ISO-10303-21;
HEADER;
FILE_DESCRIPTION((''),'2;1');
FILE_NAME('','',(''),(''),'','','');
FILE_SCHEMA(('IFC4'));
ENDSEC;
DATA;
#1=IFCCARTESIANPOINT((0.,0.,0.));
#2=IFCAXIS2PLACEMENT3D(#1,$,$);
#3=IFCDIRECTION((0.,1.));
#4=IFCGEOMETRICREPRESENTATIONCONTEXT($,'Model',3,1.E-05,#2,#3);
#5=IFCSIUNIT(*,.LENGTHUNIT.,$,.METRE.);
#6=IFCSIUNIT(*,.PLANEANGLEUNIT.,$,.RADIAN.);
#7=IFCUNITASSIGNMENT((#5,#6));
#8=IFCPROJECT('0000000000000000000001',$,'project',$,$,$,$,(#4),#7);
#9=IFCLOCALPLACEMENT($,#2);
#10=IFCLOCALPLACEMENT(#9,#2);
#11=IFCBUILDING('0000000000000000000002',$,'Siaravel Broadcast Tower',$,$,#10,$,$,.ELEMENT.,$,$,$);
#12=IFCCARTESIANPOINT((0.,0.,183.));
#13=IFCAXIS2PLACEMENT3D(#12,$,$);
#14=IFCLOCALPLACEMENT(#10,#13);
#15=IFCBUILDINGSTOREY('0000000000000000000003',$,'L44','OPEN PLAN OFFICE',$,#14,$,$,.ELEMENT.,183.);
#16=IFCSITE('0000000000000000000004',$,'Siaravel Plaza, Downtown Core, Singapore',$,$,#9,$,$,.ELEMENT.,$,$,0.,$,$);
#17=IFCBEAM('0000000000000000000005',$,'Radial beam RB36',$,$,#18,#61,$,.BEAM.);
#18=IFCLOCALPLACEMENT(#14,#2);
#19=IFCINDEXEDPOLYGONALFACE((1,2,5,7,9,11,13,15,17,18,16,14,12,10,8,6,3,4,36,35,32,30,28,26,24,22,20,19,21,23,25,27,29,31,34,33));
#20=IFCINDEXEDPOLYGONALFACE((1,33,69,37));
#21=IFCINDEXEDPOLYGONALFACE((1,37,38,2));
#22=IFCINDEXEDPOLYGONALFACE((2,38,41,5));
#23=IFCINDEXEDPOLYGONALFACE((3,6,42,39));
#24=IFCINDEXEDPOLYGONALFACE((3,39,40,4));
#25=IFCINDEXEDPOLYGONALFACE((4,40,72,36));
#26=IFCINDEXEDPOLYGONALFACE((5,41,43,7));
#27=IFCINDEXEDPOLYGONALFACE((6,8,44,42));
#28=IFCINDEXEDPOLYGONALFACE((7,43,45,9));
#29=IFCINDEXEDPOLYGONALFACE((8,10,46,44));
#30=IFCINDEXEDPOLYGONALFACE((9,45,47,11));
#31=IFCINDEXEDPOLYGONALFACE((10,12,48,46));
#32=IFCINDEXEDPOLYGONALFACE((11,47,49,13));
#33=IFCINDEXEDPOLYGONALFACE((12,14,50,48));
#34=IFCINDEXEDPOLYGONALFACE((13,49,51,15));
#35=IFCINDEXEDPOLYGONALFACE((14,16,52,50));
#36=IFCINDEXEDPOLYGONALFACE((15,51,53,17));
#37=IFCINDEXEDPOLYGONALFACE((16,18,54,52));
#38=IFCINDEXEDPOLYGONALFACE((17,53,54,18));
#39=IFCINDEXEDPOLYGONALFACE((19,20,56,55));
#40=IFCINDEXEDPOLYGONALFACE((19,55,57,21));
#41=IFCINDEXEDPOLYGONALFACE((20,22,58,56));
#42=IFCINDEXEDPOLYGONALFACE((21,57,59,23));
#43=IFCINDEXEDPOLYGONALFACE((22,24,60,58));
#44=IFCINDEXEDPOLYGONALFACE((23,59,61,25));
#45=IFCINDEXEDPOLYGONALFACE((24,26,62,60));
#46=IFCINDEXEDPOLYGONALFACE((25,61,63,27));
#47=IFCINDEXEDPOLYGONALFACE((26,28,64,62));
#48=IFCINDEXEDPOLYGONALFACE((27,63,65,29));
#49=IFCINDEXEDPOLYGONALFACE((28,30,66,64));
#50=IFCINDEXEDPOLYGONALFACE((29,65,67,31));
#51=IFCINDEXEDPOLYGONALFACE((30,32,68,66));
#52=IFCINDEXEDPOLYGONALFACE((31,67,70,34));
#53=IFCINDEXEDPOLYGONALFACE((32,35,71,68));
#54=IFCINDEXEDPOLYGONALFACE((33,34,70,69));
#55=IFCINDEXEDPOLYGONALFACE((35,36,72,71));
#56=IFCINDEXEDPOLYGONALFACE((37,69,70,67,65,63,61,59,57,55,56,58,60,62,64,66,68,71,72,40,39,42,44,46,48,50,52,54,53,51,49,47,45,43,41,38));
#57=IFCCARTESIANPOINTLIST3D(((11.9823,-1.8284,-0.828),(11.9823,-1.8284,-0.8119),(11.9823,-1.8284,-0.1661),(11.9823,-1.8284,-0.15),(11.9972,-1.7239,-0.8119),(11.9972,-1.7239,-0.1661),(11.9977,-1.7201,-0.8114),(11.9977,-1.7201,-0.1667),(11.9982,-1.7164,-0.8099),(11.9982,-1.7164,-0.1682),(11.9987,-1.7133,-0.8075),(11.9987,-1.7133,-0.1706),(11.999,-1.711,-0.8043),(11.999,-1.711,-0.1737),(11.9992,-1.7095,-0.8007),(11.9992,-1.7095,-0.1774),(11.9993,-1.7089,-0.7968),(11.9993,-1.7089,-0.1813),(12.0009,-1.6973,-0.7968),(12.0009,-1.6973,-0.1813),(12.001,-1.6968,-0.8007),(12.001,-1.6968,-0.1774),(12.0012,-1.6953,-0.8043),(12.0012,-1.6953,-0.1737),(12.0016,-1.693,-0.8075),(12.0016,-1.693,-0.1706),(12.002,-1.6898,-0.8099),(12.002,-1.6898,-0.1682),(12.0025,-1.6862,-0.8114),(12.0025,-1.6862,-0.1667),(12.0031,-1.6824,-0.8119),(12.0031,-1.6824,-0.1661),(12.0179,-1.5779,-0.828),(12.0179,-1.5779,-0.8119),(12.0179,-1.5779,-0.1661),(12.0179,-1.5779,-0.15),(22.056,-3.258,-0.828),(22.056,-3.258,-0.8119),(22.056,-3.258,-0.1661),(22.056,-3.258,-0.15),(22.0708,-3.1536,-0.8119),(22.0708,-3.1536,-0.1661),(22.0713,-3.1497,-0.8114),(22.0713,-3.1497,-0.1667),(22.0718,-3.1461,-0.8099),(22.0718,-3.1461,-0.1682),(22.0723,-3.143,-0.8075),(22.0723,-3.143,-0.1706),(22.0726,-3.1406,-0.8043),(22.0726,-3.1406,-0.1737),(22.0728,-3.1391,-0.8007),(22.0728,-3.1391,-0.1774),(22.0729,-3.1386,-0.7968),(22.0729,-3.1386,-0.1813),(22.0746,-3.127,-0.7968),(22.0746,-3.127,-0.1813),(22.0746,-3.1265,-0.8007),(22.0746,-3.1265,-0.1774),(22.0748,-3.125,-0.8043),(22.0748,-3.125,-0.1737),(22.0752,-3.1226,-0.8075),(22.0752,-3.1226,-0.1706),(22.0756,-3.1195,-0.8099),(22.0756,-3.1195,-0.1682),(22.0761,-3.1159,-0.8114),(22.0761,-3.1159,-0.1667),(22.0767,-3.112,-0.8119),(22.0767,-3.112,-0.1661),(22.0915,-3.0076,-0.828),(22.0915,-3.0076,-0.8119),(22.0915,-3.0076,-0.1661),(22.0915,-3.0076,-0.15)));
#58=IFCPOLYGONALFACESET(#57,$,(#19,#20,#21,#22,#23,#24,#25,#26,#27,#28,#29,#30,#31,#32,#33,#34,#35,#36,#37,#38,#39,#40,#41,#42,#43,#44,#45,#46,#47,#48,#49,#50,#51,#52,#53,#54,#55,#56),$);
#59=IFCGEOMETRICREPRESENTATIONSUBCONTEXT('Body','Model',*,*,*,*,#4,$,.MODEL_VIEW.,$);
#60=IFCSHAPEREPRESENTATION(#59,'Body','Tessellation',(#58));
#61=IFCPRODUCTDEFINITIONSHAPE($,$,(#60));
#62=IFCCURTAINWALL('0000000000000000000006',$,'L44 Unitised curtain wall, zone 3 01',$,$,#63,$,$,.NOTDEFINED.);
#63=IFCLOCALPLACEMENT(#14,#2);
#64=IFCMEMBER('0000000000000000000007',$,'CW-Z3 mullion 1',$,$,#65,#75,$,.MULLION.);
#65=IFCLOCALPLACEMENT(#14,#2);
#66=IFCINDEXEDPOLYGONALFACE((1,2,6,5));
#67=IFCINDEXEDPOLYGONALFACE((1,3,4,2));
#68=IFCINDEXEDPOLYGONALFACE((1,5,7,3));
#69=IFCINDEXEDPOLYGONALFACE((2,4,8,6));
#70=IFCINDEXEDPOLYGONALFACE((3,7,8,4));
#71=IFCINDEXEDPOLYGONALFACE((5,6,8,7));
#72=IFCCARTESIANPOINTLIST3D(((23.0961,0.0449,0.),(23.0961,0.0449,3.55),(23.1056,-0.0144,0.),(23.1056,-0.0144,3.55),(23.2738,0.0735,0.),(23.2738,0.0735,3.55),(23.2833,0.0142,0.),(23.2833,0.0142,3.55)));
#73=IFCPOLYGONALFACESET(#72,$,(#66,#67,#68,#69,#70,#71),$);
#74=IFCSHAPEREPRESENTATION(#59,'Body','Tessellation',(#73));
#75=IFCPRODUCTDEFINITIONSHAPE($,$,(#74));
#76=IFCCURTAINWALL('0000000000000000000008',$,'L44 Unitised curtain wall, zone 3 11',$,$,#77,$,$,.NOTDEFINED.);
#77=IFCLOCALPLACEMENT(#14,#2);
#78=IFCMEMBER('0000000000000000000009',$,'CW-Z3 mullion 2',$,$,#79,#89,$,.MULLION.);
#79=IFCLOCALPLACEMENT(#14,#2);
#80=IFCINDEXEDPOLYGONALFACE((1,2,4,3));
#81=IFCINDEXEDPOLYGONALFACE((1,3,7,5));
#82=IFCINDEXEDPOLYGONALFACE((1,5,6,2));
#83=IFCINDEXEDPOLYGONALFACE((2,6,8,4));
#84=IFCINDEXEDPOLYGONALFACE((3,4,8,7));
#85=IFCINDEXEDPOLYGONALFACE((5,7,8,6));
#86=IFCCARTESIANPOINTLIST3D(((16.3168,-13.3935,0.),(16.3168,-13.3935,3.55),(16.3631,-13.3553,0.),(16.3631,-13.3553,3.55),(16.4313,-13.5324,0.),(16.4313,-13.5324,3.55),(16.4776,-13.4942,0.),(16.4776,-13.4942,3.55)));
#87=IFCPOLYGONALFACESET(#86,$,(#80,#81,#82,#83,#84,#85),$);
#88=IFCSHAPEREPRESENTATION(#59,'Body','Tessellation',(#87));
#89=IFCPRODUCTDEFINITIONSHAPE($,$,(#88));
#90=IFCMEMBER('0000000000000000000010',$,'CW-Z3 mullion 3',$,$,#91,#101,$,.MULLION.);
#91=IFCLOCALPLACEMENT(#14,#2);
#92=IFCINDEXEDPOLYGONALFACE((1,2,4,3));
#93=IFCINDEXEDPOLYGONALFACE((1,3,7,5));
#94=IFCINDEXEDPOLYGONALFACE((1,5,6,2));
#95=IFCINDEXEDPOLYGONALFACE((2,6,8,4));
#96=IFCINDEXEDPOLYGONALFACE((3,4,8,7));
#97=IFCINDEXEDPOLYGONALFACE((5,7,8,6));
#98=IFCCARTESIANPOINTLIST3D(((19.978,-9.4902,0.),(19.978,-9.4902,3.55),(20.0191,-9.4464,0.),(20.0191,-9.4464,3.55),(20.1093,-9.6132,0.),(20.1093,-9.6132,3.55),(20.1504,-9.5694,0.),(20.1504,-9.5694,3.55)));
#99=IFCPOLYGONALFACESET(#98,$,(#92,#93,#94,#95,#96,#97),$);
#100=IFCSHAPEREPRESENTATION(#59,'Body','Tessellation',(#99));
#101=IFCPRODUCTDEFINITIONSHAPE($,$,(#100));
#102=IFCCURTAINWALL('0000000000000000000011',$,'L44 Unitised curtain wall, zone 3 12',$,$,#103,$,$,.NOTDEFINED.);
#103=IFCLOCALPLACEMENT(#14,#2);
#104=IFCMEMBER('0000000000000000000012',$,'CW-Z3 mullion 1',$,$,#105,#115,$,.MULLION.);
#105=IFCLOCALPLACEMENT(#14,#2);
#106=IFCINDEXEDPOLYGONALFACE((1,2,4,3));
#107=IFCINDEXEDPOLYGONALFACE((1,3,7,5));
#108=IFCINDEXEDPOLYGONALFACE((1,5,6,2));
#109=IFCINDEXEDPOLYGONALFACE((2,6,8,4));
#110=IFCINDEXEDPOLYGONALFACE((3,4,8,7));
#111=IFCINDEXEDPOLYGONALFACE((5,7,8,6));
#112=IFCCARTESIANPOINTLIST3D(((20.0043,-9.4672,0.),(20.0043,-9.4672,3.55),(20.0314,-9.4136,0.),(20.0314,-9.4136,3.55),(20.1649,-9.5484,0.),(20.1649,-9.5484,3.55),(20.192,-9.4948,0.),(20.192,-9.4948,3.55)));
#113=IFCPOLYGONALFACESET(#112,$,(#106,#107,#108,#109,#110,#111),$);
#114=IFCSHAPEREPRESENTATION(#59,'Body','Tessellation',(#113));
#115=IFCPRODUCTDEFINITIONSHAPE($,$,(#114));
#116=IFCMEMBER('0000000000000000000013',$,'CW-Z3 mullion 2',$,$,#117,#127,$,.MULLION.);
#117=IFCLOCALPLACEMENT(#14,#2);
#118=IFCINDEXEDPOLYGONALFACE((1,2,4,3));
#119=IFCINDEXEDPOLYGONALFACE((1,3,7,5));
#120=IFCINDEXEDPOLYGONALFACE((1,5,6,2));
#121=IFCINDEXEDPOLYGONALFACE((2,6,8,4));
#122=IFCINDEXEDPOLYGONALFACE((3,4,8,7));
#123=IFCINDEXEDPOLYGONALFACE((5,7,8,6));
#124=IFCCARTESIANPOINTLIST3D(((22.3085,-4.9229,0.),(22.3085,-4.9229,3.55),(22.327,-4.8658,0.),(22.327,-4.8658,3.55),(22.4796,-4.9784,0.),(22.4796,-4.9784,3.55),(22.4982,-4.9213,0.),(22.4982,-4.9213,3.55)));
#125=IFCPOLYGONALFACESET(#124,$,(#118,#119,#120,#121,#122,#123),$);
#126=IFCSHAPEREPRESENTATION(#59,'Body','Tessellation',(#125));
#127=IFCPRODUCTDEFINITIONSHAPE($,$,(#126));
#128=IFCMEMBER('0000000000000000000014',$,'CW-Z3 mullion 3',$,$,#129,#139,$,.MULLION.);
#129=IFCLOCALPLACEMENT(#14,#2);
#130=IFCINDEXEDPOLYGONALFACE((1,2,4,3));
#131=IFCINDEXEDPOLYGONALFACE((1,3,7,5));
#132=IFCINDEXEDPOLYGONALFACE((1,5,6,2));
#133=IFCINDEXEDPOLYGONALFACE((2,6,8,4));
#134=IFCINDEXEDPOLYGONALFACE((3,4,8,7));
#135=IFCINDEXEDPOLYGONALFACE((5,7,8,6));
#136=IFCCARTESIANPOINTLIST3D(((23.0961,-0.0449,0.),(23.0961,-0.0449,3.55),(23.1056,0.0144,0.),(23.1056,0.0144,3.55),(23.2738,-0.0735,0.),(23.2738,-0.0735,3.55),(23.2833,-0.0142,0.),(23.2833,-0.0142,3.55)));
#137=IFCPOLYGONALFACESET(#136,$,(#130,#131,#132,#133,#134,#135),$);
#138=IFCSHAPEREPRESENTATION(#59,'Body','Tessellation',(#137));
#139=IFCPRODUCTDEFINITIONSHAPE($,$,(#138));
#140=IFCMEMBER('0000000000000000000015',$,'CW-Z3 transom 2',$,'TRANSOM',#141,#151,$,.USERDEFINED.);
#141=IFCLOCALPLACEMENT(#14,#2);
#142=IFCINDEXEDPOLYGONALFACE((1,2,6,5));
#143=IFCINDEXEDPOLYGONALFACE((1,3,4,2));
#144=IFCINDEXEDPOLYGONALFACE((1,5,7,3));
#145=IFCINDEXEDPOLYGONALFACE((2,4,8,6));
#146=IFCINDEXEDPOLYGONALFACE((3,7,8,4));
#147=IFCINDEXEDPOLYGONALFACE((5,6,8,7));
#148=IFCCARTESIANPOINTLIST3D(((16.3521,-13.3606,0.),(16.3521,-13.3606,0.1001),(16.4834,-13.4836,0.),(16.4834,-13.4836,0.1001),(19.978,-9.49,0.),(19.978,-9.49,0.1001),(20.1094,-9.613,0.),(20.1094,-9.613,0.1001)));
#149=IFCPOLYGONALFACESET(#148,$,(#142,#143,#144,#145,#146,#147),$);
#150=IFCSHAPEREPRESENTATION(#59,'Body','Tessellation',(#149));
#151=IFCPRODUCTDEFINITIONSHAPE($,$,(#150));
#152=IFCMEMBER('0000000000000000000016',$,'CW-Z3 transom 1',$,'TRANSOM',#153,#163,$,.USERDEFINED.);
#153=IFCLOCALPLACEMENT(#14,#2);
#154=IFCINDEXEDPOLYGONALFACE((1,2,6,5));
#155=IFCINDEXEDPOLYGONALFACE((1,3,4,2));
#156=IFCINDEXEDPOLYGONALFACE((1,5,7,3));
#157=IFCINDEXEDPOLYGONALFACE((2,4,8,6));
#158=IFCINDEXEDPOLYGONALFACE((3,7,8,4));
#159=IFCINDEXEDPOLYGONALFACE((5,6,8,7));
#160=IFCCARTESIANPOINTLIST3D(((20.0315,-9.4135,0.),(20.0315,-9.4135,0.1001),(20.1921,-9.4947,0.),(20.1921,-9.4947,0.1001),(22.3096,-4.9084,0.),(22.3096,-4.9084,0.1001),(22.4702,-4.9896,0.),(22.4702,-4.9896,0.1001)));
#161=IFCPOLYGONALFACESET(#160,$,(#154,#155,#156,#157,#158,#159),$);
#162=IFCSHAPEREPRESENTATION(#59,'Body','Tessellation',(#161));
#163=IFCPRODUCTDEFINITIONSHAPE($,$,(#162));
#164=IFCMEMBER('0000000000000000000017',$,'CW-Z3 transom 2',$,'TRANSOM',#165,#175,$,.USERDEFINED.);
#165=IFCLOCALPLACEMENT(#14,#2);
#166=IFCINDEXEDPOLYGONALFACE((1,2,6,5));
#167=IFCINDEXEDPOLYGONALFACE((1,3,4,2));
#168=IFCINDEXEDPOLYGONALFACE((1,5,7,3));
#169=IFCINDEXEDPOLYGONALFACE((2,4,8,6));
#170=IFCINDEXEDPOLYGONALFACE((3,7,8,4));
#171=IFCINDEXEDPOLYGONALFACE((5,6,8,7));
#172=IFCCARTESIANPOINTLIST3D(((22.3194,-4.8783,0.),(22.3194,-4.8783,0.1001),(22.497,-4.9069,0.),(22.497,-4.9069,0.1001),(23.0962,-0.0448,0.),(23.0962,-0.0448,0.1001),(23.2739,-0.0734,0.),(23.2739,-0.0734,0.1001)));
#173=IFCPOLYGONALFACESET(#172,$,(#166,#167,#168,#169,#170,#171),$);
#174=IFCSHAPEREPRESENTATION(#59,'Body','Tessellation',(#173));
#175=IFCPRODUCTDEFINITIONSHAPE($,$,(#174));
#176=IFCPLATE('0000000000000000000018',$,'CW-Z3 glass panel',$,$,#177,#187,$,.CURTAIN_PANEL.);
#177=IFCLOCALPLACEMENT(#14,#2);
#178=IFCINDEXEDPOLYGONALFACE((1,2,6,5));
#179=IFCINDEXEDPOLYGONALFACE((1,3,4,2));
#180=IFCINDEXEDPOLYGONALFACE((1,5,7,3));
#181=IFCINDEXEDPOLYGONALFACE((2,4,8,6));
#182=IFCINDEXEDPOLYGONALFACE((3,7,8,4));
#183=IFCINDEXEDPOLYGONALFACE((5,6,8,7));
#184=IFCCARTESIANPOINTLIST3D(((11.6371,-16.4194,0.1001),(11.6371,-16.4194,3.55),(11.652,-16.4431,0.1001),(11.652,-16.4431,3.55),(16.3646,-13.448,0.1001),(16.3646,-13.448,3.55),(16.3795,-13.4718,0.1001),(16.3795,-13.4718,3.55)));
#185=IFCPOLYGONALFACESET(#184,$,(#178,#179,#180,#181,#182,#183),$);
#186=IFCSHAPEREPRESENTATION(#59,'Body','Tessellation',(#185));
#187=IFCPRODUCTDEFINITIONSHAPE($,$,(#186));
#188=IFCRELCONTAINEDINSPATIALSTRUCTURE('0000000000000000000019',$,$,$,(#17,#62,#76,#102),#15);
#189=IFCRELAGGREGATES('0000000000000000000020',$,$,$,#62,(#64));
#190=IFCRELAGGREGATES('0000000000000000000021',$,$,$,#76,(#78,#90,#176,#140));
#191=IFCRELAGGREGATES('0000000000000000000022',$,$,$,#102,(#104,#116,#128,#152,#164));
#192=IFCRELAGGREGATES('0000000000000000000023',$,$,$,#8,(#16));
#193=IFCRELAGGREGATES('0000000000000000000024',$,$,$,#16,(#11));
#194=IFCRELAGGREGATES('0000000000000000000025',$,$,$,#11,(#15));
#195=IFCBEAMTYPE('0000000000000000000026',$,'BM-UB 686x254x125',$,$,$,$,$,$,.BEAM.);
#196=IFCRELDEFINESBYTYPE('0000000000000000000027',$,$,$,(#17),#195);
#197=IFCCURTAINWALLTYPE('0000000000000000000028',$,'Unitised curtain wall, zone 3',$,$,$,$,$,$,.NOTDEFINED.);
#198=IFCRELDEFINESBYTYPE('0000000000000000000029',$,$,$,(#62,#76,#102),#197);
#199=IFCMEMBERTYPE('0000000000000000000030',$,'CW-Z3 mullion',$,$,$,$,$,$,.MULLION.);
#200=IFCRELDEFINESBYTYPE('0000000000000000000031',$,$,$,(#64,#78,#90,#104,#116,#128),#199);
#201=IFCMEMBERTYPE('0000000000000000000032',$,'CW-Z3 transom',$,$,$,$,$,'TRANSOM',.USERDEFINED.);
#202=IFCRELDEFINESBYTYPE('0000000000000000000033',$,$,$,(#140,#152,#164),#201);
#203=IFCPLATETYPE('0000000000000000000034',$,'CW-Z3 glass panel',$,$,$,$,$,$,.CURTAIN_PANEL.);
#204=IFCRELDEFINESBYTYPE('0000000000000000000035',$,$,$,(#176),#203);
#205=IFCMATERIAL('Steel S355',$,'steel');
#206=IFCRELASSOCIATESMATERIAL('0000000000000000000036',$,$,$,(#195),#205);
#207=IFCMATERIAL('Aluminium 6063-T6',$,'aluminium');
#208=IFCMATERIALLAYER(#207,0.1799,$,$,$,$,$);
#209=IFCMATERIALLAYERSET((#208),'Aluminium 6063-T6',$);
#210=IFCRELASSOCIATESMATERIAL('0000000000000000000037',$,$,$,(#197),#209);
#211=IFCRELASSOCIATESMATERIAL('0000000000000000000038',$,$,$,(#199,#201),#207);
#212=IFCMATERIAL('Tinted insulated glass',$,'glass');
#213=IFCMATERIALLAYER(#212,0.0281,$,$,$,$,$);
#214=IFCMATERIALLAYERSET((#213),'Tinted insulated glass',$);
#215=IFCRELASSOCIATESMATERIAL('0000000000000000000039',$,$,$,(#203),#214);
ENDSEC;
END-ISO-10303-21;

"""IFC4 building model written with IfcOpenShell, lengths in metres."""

from ifc_helpers import new_model, si_unit, direction, frame, origin, origin_2d, place, context, subcontext, project, spatial, rectangle, i_section, extrude, material, layer, layer_set, material_profile, profile_set, type_object, element, aggregate, save


model = new_model("IFC4")

# Units and contexts
model_context = context("Model", 3, precision=1e-05, world=origin(), true_north=direction((0.0, 1.0)))
body_context = subcontext(model_context, "Body", "Model", "MODEL_VIEW")
ifc_project = project(units=[si_unit("LENGTHUNIT", "METRE"), si_unit("PLANEANGLEUNIT", "RADIAN")], contexts=[model_context])

# Site, building, storey
site_placement = place(None, origin())
site = spatial("IfcSite", under=ifc_project, at=site_placement, Name="Siaravel Plaza, Downtown Core, Singapore", CompositionType="ELEMENT", RefElevation=0.0)
building_placement = place(site_placement, origin())
building = spatial("IfcBuilding", under=site, at=building_placement, Name="Siaravel Broadcast Tower", CompositionType="ELEMENT")
storey_placement = place(building_placement, frame((0.0, 0.0, 183.0)))
storey = spatial("IfcBuildingStorey", under=building, at=storey_placement, Name="L44", Description="OPEN PLAN OFFICE", CompositionType="ELEMENT", Elevation=183.0)

# Beam
ifc_material_1 = material(Name="Steel S355", Category="steel")
ifc_material_profile_1 = material_profile(ifc_material_1, i_section(OverallWidth=0.2529, OverallDepth=0.678, WebThickness=0.0117, FlangeThickness=0.0161, FilletRadius=0.0151, at=origin_2d()))
ifc_profile_set_1 = profile_set([ifc_material_profile_1], Name="Steel S355")
beam_type = type_object("IfcBeamType", Name="BM-UB 686x254x125", PredefinedType="BEAM", material=ifc_profile_set_1)
beam_1_placement = place(storey_placement, frame((22.0737, -3.1328, -0.489), z_axis=(-0.990079, 0.140514, 0.0), x_axis=(-0.140514, -0.990079, 0.0)))
element("IfcBeam", 1, at=beam_1_placement, inside=storey, type_object=beam_type, Name="Radial beam RB36", PredefinedType="BEAM", context=body_context, shape_type="SweptSolid", body=[
    extrude(i_section(OverallWidth=0.2529, OverallDepth=0.678, WebThickness=0.0117, FlangeThickness=0.0161, FilletRadius=0.0151, at=origin_2d()), origin(), (0.0, 0.0, 1.0), 10.1746),
])

# Curtain wall, member
ifc_material_2 = material(Name="Aluminium 6063-T6", Category="aluminium")
ifc_layer_1 = layer(ifc_material_2, 0.1799)
ifc_layer_set_1 = layer_set([ifc_layer_1], Name="Aluminium 6063-T6")
curtain_wall_type = type_object("IfcCurtainWallType", Name="Unitised curtain wall, zone 3", PredefinedType="NOTDEFINED", material=ifc_layer_set_1)
curtain_wall_1_placement = place(storey_placement, origin())
curtain_wall_1 = element("IfcCurtainWall", 2, at=curtain_wall_1_placement, inside=storey, type_object=curtain_wall_type, Name="L44 Unitised curtain wall, zone 3 01", PredefinedType="NOTDEFINED")
ifc_material_profile_2 = material_profile(ifc_material_2, rectangle(XDim=0.1799, YDim=0.0601, at=origin_2d()))
ifc_profile_set_2 = profile_set([ifc_material_profile_2], Name="Aluminium 6063-T6")
member_type_1 = type_object("IfcMemberType", Name="CW-Z3 mullion", PredefinedType="MULLION", material=ifc_profile_set_2)
member_1_placement = place(storey_placement, frame((23.1897, 0.0295, 0.0), z_axis=(0.0, 0.0, 1.0), x_axis=(-0.987329, -0.158686, 0.0)))
member_1 = element("IfcMember", 3, at=member_1_placement, type_object=member_type_1, Name="CW-Z3 mullion 1", PredefinedType="MULLION", context=body_context, shape_type="SweptSolid", body=[
    extrude(rectangle(XDim=0.1799, YDim=0.0601, at=origin_2d()), origin(), (0.0, 0.0, 1.0), 3.55),
])
aggregate(curtain_wall_1, [member_1])

# Curtain walls, members
curtain_wall_2_placement = place(storey_placement, origin())
curtain_wall_2 = element("IfcCurtainWall", 4, at=curtain_wall_2_placement, inside=storey, type_object=curtain_wall_type, Name="L44 Unitised curtain wall, zone 3 11", PredefinedType="NOTDEFINED")
member_2_placement = place(storey_placement, frame((16.3972, -13.4438, 0.0), z_axis=(0.0, 0.0, 1.0), x_axis=(-0.636218, 0.771509, 0.0)))
member_2 = element("IfcMember", 5, at=member_2_placement, type_object=member_type_1, Name="CW-Z3 mullion 2", PredefinedType="MULLION", context=body_context, shape_type="SweptSolid", body=[
    extrude(rectangle(XDim=0.1799, YDim=0.0601, at=origin_2d()), origin(), (0.0, 0.0, 1.0), 3.55),
])
member_3_placement = place(storey_placement, frame((20.0642, -9.5298, 0.0), z_axis=(0.0, 0.0, 1.0), x_axis=(-0.729805, 0.683655, 0.0)))
member_3 = element("IfcMember", 6, at=member_3_placement, type_object=member_type_1, Name="CW-Z3 mullion 3", PredefinedType="MULLION", context=body_context, shape_type="SweptSolid", body=[
    extrude(rectangle(XDim=0.1799, YDim=0.0601, at=origin_2d()), origin(), (0.0, 0.0, 1.0), 3.55),
])
curtain_wall_3_placement = place(storey_placement, origin())
curtain_wall_3 = element("IfcCurtainWall", 7, at=curtain_wall_3_placement, inside=storey, type_object=curtain_wall_type, Name="L44 Unitised curtain wall, zone 3 12", PredefinedType="NOTDEFINED")
member_4_placement = place(storey_placement, frame((20.0981, -9.481, 0.0), z_axis=(0.0, 0.0, 1.0), x_axis=(-0.892392, 0.451261, 0.0)))
member_4 = element("IfcMember", 8, at=member_4_placement, type_object=member_type_1, Name="CW-Z3 mullion 1", PredefinedType="MULLION", context=body_context, shape_type="SweptSolid", body=[
    extrude(rectangle(XDim=0.1799, YDim=0.0601, at=origin_2d()), origin(), (0.0, 0.0, 1.0), 3.55),
])
member_5_placement = place(storey_placement, frame((22.4033, -4.9221, 0.0), z_axis=(0.0, 0.0, 1.0), x_axis=(-0.951177, 0.308645, 0.0)))
member_5 = element("IfcMember", 9, at=member_5_placement, type_object=member_type_1, Name="CW-Z3 mullion 2", PredefinedType="MULLION", context=body_context, shape_type="SweptSolid", body=[
    extrude(rectangle(XDim=0.1799, YDim=0.0601, at=origin_2d()), origin(), (0.0, 0.0, 1.0), 3.55),
])
member_6_placement = place(storey_placement, frame((23.1897, -0.0295, 0.0), z_axis=(0.0, 0.0, 1.0), x_axis=(-0.987329, 0.158686, 0.0)))
member_6 = element("IfcMember", 10, at=member_6_placement, type_object=member_type_1, Name="CW-Z3 mullion 3", PredefinedType="MULLION", context=body_context, shape_type="SweptSolid", body=[
    extrude(rectangle(XDim=0.1799, YDim=0.0601, at=origin_2d()), origin(), (0.0, 0.0, 1.0), 3.55),
])

# Members
ifc_material_profile_3 = material_profile(ifc_material_2, rectangle(XDim=0.1799, YDim=0.1001, at=origin_2d()))
ifc_profile_set_3 = profile_set([ifc_material_profile_3], Name="Aluminium 6063-T6")
member_type_2 = type_object("IfcMemberType", Name="CW-Z3 transom", ElementType="TRANSOM", PredefinedType="USERDEFINED", material=ifc_profile_set_3)
member_7_placement = place(storey_placement, frame((16.4177, -13.4221, 0.05), z_axis=(0.683669, 0.729793, 0.0), x_axis=(-0.729793, 0.683669, 0.0)))
member_7 = element("IfcMember", 11, at=member_7_placement, type_object=member_type_2, Name="CW-Z3 transom 2", ObjectType="TRANSOM", PredefinedType="USERDEFINED", context=body_context, shape_type="SweptSolid", body=[
    extrude(rectangle(XDim=0.1799, YDim=0.1001, at=origin_2d()), origin(), (0.0, 0.0, 1.0), 5.3037),
])
member_8_placement = place(storey_placement, frame((20.1118, -9.4541, 0.05), z_axis=(0.451252, 0.892397, 0.0), x_axis=(-0.892397, 0.451252, 0.0)))
member_8 = element("IfcMember", 12, at=member_8_placement, type_object=member_type_2, Name="CW-Z3 transom 1", ObjectType="TRANSOM", PredefinedType="USERDEFINED", context=body_context, shape_type="SweptSolid", body=[
    extrude(rectangle(XDim=0.1799, YDim=0.1001, at=origin_2d()), origin(), (0.0, 0.0, 1.0), 5.0483),
])
member_9_placement = place(storey_placement, frame((22.4082, -4.8926, 0.05), z_axis=(0.158687, 0.987329, 0.0), x_axis=(-0.987329, 0.158687, 0.0)))
member_9 = element("IfcMember", 13, at=member_9_placement, type_object=member_type_2, Name="CW-Z3 transom 2", ObjectType="TRANSOM", PredefinedType="USERDEFINED", context=body_context, shape_type="SweptSolid", body=[
    extrude(rectangle(XDim=0.1799, YDim=0.1001, at=origin_2d()), origin(), (0.0, 0.0, 1.0), 4.8955),
])

# Plate
ifc_material_3 = material(Name="Tinted insulated glass", Category="glass")
ifc_layer_2 = layer(ifc_material_3, 0.0281)
ifc_layer_set_2 = layer_set([ifc_layer_2], Name="Tinted insulated glass")
plate_type = type_object("IfcPlateType", Name="CW-Z3 glass panel", PredefinedType="CURTAIN_PANEL", material=ifc_layer_set_2)
plate_1_placement = place(storey_placement, frame((14.0083, -14.9456, 0.1001), z_axis=(0.0, 0.0, 1.0), x_axis=(0.846651, 0.532149, 0.0)))
plate_1 = element("IfcPlate", 14, at=plate_1_placement, type_object=plate_type, Name="CW-Z3 glass panel", PredefinedType="CURTAIN_PANEL", context=body_context, shape_type="SweptSolid", body=[
    extrude(rectangle(XDim=5.5837, YDim=0.0281, at=origin_2d()), origin(), (0.0, 0.0, 1.0), 3.45),
])
aggregate(curtain_wall_2, [member_2, member_3, plate_1, member_7])
aggregate(curtain_wall_3, [member_4, member_5, member_6, member_8, member_9])

save(model, "model.ifc")
